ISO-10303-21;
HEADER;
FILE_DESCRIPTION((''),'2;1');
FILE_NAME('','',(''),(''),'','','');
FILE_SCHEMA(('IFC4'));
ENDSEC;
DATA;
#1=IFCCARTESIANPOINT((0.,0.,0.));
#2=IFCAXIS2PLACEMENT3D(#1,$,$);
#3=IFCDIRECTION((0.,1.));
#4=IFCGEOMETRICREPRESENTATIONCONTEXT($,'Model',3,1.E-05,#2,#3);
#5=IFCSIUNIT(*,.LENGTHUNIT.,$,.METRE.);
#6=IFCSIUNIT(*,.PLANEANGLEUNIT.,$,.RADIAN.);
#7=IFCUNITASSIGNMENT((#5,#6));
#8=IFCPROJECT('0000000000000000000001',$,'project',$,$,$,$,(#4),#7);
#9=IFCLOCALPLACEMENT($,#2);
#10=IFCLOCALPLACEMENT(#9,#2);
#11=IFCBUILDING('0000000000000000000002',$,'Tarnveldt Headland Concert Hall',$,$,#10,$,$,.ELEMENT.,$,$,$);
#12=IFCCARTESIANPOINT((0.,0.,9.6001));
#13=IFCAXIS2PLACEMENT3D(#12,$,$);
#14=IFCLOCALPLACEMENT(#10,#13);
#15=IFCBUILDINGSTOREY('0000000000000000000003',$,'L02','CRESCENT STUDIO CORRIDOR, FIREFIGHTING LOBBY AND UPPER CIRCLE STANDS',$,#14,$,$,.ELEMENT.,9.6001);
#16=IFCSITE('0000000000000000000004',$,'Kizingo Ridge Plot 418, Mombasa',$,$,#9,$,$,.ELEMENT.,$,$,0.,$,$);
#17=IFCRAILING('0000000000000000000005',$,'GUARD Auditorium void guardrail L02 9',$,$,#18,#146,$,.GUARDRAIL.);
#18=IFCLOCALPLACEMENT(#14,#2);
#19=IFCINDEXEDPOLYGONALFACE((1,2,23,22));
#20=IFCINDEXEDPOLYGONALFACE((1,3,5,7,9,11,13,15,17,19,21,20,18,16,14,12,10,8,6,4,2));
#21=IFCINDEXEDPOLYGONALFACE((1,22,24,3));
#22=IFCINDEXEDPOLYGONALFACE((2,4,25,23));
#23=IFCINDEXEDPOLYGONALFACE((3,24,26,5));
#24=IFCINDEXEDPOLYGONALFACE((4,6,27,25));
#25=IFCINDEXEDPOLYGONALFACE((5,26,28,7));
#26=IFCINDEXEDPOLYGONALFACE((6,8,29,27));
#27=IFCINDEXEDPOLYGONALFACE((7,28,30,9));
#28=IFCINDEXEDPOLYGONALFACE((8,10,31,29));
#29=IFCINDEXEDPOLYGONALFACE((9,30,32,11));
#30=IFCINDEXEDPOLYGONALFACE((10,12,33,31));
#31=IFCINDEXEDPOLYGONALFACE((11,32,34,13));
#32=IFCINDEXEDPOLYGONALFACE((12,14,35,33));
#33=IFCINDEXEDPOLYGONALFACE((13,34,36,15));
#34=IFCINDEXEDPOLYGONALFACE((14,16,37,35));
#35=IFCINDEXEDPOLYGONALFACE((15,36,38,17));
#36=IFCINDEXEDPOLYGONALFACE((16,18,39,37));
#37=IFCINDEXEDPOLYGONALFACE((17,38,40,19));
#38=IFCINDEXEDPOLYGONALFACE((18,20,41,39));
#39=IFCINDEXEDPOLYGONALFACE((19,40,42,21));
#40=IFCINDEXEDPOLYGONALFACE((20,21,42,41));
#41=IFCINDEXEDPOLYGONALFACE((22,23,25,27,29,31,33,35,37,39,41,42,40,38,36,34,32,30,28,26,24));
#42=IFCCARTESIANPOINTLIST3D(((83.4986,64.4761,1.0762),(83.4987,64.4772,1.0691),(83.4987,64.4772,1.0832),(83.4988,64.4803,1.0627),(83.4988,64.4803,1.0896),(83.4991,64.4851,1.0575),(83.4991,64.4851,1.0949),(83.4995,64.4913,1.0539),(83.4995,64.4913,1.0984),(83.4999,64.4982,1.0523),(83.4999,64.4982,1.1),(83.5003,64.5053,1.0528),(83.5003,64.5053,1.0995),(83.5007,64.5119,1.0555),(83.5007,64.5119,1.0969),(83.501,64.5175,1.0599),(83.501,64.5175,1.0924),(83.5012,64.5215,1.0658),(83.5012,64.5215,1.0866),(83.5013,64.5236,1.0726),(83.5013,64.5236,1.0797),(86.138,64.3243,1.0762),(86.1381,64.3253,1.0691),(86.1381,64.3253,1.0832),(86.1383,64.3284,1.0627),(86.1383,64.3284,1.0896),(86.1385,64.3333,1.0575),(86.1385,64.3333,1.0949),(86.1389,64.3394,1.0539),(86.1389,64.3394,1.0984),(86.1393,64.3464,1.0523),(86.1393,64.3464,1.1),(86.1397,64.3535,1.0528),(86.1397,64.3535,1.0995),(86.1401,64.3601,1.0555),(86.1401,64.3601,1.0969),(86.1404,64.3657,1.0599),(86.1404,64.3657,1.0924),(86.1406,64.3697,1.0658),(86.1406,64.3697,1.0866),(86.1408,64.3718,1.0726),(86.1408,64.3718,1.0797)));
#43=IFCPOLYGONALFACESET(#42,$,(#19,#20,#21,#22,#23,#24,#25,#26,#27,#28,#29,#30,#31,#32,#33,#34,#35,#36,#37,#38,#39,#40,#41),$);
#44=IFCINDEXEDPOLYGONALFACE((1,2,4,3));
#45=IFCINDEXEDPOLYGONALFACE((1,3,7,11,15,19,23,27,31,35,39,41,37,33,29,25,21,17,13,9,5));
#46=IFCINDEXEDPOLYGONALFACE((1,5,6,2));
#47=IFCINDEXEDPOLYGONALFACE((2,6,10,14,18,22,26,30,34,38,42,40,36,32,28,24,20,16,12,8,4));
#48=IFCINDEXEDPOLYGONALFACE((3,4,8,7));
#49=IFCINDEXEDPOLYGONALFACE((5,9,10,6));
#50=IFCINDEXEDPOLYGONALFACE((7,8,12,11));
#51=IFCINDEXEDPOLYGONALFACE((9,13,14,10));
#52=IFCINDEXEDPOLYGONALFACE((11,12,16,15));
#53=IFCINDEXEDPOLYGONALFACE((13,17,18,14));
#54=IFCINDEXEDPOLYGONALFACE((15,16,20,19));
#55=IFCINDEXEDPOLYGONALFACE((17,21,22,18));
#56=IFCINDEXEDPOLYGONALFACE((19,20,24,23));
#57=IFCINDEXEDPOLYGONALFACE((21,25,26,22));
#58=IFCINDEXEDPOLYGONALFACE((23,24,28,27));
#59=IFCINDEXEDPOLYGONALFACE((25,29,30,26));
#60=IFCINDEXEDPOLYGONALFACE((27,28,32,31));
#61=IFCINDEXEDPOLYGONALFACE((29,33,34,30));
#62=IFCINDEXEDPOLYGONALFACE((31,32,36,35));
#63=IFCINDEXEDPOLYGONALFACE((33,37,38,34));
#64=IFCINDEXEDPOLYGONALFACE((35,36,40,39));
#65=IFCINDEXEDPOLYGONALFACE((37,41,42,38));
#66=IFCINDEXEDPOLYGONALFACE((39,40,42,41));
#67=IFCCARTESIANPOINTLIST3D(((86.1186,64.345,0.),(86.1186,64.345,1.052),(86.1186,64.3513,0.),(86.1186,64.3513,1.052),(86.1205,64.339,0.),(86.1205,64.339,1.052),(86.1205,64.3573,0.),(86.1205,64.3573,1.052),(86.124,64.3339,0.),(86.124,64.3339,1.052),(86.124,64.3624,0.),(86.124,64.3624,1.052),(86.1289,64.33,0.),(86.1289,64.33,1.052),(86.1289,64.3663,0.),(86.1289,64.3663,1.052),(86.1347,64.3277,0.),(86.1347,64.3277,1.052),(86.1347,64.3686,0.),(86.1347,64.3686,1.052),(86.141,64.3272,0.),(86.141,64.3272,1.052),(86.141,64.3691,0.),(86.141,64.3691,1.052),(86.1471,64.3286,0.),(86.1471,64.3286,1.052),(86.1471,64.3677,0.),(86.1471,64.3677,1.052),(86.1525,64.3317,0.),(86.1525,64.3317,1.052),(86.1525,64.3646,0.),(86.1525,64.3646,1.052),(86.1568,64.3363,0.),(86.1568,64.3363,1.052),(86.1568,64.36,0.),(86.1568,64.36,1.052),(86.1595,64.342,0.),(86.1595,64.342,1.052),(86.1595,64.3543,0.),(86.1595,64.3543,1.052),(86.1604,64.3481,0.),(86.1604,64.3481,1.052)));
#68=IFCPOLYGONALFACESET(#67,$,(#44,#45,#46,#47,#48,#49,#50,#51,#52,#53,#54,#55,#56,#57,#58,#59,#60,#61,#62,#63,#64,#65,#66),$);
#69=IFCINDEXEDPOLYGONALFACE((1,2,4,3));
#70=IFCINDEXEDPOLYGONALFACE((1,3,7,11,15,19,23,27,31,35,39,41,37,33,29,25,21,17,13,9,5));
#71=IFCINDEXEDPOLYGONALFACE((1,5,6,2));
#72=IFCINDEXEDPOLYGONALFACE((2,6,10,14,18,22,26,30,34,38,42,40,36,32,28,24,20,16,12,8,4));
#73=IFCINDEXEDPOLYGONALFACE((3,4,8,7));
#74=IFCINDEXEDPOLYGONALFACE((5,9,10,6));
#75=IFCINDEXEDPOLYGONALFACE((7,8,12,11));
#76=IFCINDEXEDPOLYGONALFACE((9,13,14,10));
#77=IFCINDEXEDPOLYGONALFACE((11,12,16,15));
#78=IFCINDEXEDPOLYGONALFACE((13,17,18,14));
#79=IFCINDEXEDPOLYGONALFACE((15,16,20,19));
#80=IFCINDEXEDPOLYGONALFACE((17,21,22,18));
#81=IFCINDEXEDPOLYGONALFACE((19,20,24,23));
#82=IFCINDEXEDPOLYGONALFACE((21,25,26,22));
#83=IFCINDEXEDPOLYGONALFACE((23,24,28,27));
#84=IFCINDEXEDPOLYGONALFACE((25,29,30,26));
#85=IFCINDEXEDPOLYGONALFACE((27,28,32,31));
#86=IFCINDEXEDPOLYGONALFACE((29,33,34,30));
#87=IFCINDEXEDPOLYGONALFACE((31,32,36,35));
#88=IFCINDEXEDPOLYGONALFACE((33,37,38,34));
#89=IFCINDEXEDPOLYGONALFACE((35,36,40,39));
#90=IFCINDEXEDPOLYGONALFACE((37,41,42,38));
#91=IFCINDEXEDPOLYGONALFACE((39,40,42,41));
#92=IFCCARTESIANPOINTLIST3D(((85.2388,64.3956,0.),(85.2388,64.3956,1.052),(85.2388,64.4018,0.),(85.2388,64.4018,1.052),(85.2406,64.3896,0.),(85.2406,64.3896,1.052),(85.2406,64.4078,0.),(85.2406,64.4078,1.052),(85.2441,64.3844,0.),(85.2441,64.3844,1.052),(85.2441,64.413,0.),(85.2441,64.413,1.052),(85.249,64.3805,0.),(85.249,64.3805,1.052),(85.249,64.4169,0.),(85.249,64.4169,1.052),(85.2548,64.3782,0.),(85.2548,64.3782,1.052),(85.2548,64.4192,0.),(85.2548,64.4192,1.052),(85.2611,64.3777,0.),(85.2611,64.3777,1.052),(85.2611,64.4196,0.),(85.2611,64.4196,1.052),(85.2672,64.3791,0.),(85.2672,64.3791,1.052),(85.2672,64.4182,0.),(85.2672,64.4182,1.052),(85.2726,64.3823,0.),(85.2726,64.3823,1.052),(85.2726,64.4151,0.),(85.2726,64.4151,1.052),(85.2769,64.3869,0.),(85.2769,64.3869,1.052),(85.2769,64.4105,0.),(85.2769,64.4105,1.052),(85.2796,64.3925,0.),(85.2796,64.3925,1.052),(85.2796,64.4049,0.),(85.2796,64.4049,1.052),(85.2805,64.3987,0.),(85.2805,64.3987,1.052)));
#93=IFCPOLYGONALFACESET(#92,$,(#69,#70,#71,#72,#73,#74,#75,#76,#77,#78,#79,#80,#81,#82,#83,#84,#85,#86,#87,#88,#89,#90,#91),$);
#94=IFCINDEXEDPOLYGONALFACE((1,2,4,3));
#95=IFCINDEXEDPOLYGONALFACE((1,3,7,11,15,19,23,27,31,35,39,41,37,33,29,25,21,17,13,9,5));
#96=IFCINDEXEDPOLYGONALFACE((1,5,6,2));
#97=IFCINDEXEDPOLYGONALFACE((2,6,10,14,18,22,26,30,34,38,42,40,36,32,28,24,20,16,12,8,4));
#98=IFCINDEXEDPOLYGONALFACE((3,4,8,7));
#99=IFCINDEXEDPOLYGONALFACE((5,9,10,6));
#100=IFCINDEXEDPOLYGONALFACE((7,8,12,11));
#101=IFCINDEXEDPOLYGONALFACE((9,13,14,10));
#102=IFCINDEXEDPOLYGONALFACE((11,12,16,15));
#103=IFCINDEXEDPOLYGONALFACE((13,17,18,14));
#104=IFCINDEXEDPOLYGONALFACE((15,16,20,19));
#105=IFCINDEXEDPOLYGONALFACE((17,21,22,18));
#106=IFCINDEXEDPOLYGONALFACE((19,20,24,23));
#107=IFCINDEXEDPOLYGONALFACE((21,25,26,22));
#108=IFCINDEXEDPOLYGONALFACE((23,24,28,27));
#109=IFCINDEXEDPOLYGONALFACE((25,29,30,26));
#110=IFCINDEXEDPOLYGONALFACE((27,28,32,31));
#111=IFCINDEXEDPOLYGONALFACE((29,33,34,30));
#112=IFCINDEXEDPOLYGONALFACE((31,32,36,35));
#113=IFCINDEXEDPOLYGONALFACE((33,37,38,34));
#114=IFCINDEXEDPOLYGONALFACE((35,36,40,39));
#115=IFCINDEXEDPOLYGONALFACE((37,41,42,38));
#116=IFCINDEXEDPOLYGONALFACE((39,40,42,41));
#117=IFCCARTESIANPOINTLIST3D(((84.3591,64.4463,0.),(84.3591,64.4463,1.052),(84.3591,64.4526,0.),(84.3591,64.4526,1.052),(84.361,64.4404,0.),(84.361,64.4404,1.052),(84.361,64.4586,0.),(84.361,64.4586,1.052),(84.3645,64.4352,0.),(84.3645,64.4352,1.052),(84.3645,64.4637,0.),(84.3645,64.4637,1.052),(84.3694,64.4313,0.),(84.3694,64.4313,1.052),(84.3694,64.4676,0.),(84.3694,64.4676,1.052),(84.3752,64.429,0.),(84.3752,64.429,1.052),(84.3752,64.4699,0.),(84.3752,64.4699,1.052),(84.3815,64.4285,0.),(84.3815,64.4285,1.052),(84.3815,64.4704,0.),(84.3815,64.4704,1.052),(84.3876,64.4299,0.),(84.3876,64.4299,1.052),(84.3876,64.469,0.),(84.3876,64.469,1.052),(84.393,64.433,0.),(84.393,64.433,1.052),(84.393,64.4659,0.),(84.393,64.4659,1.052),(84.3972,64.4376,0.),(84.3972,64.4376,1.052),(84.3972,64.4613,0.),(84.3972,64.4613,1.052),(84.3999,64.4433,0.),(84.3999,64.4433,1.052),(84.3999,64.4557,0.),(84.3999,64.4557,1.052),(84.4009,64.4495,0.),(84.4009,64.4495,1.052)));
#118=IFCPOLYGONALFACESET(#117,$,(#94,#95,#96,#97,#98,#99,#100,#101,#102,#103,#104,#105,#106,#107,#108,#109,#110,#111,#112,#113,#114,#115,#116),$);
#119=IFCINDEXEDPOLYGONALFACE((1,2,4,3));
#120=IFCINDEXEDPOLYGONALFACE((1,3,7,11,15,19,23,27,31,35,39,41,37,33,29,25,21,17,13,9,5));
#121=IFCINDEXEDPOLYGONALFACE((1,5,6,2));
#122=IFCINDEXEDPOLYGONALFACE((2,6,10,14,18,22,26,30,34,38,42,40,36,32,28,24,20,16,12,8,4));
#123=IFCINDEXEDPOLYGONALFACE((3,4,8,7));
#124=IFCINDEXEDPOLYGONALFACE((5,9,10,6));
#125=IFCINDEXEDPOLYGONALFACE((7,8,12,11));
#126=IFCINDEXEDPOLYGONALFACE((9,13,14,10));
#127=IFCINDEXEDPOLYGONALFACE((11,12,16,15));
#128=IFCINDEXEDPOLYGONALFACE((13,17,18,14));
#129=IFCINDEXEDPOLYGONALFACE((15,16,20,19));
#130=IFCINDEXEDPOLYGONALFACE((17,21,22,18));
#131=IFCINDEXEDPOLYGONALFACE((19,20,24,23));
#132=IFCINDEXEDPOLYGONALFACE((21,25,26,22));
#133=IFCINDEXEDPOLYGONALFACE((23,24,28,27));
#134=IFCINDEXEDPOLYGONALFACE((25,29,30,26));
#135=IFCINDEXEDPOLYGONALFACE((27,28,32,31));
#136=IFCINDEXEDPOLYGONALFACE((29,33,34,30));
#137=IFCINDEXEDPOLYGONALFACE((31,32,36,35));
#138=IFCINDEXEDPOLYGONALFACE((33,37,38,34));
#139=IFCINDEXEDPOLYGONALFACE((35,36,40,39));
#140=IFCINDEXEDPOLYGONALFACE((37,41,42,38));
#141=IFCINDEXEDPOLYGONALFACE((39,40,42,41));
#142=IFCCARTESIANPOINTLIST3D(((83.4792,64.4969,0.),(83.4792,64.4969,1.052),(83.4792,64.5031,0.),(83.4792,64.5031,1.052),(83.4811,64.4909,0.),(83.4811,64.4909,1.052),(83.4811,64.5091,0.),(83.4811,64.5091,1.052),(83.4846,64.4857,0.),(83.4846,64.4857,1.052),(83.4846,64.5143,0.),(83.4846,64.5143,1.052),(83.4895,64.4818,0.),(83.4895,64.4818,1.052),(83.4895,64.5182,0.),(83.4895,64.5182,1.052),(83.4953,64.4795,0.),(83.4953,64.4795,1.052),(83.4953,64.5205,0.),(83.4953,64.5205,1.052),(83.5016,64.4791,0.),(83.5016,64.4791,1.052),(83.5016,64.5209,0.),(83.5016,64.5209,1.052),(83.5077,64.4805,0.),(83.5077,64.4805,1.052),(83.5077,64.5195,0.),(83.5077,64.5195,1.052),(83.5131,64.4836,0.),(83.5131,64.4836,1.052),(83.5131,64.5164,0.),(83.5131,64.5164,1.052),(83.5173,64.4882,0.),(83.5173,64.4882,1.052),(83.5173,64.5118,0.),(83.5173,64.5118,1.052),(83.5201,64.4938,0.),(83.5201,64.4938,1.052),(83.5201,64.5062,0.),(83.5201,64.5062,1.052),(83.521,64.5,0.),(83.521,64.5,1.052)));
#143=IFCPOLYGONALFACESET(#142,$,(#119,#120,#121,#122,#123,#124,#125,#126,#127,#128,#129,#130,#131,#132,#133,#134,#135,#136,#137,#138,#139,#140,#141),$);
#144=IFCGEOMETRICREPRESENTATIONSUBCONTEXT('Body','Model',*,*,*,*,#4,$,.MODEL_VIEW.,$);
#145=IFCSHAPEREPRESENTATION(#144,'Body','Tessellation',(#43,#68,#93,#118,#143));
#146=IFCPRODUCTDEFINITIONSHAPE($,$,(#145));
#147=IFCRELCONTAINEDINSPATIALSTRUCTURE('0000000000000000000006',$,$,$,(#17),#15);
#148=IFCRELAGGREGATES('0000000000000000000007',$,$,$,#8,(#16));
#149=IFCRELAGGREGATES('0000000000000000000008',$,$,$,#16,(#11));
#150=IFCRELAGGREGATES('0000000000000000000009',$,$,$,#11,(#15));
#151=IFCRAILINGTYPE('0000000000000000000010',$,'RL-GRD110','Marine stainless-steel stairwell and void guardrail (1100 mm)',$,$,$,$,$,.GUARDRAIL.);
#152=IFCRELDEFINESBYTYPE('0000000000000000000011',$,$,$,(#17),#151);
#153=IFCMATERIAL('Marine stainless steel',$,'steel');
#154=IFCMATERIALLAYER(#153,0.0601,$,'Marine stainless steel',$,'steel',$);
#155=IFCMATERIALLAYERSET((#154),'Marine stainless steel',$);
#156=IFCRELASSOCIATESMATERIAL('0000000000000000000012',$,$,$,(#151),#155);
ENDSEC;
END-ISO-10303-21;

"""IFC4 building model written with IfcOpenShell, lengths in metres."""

from ifc_helpers import new_model, si_unit, direction, frame, origin, origin_2d, place, context, subcontext, project, spatial, circle, extrude, material, layer, layer_set, type_object, element, save


model = new_model("IFC4")

# Units and contexts
model_context = context("Model", 3, precision=1e-05, world=origin(), true_north=direction((0.0, 1.0)))
body_context = subcontext(model_context, "Body", "Model", "MODEL_VIEW")
ifc_project = project(units=[si_unit("LENGTHUNIT", "METRE"), si_unit("PLANEANGLEUNIT", "RADIAN")], contexts=[model_context])

# Site, building, storey
site_placement = place(None, origin())
site = spatial("IfcSite", under=ifc_project, at=site_placement, Name="Kizingo Ridge Plot 418, Mombasa", CompositionType="ELEMENT", RefElevation=0.0)
building_placement = place(site_placement, origin())
building = spatial("IfcBuilding", under=site, at=building_placement, Name="Tarnveldt Headland Concert Hall", CompositionType="ELEMENT")
storey_placement = place(building_placement, frame((0.0, 0.0, 9.6001)))
storey = spatial("IfcBuildingStorey", under=building, at=storey_placement, Name="L02", Description="CRESCENT STUDIO CORRIDOR, FIREFIGHTING LOBBY AND UPPER CIRCLE STANDS", CompositionType="ELEMENT", Elevation=9.6001)

# Railing
ifc_material_1 = material(Name="Marine stainless steel", Category="steel")
ifc_layer_1 = layer(ifc_material_1, 0.0601, Name="Marine stainless steel", Category="steel")
ifc_layer_set_1 = layer_set([ifc_layer_1], Name="Marine stainless steel")
railing_type = type_object("IfcRailingType", Name="RL-GRD110", Description="Marine stainless-steel stairwell and void guardrail (1100 mm)", PredefinedType="GUARDRAIL", material=ifc_layer_set_1)
railing_1_placement = place(storey_placement, frame((86.1394, 64.3481, 0.0)))
element("IfcRailing", 1, at=railing_1_placement, inside=storey, type_object=railing_type, Name="GUARD Auditorium void guardrail L02 9", PredefinedType="GUARDRAIL", context=body_context, shape_type="SweptSolid", body=[
    extrude(circle(Radius=0.0239, at=origin_2d()), frame((0.0, 0.0, 1.0762), z_axis=(-0.998349, 0.057439, 0.0), x_axis=(-0.057439, -0.998349, 0.0)), (0.0, 0.0, 1.0), 2.6438),
    extrude(circle(Radius=0.021, at=origin_2d()), origin(), (0.0, 0.0, 1.0), 1.052),
    extrude(circle(Radius=0.021, at=origin_2d()), frame((-0.8799, 0.0505, 0.0)), (0.0, 0.0, 1.0), 1.052),
    extrude(circle(Radius=0.021, at=origin_2d()), frame((-1.7595, 0.1013, 0.0)), (0.0, 0.0, 1.0), 1.052),
    extrude(circle(Radius=0.021, at=origin_2d()), frame((-2.6394, 0.1519, 0.0)), (0.0, 0.0, 1.0), 1.052),
])

save(model, "model.ifc")
